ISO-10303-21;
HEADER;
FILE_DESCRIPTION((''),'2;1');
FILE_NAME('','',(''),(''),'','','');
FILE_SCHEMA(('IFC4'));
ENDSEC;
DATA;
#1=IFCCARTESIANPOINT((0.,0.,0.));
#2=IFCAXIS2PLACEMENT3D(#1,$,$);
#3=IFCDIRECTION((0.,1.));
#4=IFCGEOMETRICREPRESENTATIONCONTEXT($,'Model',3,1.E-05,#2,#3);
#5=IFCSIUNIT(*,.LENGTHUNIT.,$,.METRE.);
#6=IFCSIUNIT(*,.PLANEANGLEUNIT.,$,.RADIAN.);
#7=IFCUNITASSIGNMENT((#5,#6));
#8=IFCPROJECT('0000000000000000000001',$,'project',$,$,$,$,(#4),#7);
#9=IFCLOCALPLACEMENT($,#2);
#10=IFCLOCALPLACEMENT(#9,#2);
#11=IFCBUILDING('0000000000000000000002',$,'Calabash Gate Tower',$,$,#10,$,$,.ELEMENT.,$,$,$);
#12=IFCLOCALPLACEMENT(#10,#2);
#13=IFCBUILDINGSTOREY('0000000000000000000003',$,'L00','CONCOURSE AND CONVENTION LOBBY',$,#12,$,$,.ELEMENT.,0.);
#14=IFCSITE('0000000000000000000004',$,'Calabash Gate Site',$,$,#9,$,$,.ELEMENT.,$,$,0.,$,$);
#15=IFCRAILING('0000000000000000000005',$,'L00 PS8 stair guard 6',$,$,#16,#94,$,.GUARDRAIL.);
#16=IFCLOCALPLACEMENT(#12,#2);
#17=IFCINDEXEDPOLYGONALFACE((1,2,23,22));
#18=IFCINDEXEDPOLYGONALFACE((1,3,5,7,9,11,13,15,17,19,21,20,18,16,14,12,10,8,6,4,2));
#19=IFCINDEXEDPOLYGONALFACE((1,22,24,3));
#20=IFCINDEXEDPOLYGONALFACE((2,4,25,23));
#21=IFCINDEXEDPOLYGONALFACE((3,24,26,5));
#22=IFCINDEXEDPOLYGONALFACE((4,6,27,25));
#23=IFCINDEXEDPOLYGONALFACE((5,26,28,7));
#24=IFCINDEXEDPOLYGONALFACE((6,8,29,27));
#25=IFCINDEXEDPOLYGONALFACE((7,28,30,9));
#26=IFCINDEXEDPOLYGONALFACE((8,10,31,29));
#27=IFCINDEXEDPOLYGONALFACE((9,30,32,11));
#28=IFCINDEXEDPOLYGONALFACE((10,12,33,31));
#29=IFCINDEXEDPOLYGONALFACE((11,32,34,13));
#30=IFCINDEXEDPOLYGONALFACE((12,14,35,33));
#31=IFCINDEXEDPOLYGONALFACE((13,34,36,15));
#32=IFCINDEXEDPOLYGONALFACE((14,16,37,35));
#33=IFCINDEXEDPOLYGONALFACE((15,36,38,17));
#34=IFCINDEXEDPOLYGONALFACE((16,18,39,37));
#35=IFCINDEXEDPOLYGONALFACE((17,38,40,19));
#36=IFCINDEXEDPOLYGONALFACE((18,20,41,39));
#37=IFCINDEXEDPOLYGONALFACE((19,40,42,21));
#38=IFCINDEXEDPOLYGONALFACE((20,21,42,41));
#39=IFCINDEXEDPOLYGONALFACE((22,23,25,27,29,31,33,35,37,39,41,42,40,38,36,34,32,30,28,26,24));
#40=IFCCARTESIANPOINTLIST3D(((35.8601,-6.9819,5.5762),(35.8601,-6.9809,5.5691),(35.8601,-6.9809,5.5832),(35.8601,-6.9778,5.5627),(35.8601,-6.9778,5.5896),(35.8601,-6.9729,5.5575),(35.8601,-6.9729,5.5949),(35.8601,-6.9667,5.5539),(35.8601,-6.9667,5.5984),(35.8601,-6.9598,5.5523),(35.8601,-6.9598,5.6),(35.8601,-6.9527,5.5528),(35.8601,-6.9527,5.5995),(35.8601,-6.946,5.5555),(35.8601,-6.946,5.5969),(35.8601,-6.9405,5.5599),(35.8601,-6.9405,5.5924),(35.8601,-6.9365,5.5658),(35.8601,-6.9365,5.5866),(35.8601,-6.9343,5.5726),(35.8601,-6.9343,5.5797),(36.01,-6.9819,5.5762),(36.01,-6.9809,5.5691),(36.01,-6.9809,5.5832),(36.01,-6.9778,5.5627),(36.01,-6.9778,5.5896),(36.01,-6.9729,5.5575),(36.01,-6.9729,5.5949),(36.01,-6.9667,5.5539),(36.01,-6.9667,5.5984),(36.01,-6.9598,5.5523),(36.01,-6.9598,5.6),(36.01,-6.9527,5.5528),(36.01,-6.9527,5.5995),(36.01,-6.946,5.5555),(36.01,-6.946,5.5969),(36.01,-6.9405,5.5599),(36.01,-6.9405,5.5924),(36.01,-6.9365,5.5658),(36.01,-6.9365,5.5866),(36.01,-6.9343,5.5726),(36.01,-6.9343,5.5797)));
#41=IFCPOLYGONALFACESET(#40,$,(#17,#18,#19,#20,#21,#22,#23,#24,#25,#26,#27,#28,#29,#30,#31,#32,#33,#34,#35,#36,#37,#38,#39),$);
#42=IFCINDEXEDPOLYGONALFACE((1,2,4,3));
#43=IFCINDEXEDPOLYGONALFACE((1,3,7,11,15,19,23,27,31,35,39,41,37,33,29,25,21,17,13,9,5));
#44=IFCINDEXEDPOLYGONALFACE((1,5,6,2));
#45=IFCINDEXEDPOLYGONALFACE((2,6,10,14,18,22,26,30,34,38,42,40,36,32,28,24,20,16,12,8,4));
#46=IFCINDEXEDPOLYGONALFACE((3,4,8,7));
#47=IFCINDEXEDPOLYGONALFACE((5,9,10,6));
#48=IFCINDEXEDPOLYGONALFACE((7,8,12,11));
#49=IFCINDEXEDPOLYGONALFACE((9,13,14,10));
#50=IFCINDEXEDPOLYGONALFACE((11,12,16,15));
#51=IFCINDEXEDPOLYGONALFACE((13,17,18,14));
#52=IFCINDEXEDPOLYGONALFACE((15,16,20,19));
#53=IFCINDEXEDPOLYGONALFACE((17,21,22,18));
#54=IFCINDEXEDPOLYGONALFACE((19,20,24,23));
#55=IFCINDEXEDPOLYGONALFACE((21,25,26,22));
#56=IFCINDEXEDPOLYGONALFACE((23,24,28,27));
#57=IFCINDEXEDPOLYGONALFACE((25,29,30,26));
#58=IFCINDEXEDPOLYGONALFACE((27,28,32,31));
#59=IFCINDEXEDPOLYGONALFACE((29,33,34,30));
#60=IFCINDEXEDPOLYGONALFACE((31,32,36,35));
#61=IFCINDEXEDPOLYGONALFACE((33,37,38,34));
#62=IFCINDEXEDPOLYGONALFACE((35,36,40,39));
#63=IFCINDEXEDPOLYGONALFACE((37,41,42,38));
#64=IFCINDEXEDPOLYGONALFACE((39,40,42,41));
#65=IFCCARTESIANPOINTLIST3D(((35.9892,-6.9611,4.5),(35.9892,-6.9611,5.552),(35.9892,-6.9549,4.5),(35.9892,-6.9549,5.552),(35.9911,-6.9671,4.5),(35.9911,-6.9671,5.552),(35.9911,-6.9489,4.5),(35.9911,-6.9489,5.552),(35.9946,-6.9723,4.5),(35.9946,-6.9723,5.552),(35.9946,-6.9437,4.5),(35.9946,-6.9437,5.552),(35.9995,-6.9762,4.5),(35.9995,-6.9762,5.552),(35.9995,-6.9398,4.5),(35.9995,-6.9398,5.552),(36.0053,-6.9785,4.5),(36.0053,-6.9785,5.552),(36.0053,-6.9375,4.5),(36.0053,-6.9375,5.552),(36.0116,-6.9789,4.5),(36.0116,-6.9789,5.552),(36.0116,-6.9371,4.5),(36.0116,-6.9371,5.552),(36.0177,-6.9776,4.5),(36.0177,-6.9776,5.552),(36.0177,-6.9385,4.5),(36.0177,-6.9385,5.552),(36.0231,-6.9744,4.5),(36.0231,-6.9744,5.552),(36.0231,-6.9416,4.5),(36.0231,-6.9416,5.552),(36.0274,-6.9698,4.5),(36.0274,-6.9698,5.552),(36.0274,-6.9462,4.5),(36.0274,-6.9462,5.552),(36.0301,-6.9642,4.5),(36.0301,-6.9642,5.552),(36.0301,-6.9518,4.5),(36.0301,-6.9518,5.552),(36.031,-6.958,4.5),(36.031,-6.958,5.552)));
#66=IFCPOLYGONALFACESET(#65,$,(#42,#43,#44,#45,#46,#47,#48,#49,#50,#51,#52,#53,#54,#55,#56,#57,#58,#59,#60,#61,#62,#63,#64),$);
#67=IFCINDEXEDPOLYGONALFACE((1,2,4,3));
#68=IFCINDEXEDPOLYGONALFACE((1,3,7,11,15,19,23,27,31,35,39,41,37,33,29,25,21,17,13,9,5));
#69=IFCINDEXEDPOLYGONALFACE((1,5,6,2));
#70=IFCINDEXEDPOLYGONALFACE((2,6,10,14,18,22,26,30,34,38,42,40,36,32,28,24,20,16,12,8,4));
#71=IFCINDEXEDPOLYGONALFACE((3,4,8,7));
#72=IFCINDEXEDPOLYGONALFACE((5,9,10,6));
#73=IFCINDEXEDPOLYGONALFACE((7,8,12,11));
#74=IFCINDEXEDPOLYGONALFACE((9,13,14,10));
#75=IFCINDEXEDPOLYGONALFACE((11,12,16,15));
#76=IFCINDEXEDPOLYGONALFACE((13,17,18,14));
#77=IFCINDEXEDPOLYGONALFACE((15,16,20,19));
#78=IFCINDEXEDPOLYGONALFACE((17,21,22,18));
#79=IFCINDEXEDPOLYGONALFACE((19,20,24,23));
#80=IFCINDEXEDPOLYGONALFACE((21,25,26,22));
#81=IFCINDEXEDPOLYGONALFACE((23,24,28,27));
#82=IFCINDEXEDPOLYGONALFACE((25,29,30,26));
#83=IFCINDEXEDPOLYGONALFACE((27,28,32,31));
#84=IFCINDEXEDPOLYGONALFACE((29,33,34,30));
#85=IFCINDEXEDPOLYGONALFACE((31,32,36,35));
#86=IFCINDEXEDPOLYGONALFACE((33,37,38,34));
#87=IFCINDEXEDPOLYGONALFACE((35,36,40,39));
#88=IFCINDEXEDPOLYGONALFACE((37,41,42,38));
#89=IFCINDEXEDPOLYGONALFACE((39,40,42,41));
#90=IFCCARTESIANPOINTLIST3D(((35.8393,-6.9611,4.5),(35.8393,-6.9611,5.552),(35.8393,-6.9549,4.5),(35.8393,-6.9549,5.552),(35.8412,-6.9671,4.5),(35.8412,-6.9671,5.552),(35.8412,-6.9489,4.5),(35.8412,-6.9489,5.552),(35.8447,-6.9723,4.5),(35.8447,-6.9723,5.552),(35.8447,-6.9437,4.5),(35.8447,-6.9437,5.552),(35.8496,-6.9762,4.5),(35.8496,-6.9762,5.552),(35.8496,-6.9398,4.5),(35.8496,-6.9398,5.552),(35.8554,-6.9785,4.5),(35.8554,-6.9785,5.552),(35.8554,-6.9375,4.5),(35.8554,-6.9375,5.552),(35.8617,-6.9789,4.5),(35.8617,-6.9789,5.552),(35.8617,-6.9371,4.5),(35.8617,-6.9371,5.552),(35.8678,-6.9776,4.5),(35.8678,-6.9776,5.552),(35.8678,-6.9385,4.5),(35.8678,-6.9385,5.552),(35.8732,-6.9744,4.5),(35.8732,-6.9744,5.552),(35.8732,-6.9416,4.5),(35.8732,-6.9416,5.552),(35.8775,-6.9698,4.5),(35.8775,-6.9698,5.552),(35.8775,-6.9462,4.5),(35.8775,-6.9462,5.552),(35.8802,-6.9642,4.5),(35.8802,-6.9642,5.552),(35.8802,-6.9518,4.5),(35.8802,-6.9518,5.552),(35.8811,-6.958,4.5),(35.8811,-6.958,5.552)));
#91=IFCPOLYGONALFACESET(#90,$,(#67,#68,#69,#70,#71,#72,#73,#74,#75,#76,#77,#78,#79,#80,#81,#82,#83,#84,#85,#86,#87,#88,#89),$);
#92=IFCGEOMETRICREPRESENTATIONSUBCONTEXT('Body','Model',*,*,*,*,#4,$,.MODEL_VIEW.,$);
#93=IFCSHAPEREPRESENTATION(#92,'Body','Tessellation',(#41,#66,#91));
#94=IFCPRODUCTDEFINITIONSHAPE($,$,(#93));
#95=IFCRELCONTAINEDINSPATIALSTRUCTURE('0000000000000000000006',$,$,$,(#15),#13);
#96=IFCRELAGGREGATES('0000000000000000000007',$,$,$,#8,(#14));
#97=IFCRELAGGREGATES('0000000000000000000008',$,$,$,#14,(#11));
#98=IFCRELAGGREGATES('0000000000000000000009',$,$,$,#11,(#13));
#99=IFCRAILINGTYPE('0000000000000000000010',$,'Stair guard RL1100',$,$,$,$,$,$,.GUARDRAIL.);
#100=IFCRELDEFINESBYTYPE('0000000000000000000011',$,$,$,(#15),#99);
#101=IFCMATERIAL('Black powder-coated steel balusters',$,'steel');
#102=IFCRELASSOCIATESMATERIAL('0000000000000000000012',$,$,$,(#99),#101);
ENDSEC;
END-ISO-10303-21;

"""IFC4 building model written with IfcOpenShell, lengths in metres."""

from ifc_helpers import new_model, si_unit, direction, frame, origin, origin_2d, place, context, subcontext, project, spatial, circle, extrude, material, type_object, element, save


model = new_model("IFC4")

# Units and contexts
model_context = context("Model", 3, precision=1e-05, world=origin(), true_north=direction((0.0, 1.0)))
body_context = subcontext(model_context, "Body", "Model", "MODEL_VIEW")
ifc_project = project(units=[si_unit("LENGTHUNIT", "METRE"), si_unit("PLANEANGLEUNIT", "RADIAN")], contexts=[model_context])

# Site, building, storey
site_placement = place(None, origin())
site = spatial("IfcSite", under=ifc_project, at=site_placement, Name="Calabash Gate Site", CompositionType="ELEMENT", RefElevation=0.0)
building_placement = place(site_placement, origin())
building = spatial("IfcBuilding", under=site, at=building_placement, Name="Calabash Gate Tower", CompositionType="ELEMENT")
storey_placement = place(building_placement, origin())
storey = spatial("IfcBuildingStorey", under=building, at=storey_placement, Name="L00", Description="CONCOURSE AND CONVENTION LOBBY", CompositionType="ELEMENT", Elevation=0.0)

# Railing
ifc_material_1 = material(Name="Black powder-coated steel balusters", Category="steel")
railing_type_1 = type_object("IfcRailingType", Name="Stair guard RL1100", PredefinedType="GUARDRAIL", material=ifc_material_1)
railing_1_placement = place(storey_placement, frame((36.01, -6.958, 4.5)))
element("IfcRailing", 1, at=railing_1_placement, inside=storey, type_object=railing_type_1, Name="L00 PS8 stair guard 6", PredefinedType="GUARDRAIL", context=body_context, shape_type="SweptSolid", body=[
    extrude(circle(Radius=0.0239, at=origin_2d()), frame((0.0, 0.0, 1.0762), z_axis=(-1.0, 0.0, 0.0), x_axis=(0.0, -1.0, 0.0)), (0.0, 0.0, 1.0), 0.1499),
    extrude(circle(Radius=0.021, at=origin_2d()), origin(), (0.0, 0.0, 1.0), 1.052),
    extrude(circle(Radius=0.021, at=origin_2d()), frame((-0.1499, 0.0, 0.0)), (0.0, 0.0, 1.0), 1.052),
])

save(model, "model.ifc")
